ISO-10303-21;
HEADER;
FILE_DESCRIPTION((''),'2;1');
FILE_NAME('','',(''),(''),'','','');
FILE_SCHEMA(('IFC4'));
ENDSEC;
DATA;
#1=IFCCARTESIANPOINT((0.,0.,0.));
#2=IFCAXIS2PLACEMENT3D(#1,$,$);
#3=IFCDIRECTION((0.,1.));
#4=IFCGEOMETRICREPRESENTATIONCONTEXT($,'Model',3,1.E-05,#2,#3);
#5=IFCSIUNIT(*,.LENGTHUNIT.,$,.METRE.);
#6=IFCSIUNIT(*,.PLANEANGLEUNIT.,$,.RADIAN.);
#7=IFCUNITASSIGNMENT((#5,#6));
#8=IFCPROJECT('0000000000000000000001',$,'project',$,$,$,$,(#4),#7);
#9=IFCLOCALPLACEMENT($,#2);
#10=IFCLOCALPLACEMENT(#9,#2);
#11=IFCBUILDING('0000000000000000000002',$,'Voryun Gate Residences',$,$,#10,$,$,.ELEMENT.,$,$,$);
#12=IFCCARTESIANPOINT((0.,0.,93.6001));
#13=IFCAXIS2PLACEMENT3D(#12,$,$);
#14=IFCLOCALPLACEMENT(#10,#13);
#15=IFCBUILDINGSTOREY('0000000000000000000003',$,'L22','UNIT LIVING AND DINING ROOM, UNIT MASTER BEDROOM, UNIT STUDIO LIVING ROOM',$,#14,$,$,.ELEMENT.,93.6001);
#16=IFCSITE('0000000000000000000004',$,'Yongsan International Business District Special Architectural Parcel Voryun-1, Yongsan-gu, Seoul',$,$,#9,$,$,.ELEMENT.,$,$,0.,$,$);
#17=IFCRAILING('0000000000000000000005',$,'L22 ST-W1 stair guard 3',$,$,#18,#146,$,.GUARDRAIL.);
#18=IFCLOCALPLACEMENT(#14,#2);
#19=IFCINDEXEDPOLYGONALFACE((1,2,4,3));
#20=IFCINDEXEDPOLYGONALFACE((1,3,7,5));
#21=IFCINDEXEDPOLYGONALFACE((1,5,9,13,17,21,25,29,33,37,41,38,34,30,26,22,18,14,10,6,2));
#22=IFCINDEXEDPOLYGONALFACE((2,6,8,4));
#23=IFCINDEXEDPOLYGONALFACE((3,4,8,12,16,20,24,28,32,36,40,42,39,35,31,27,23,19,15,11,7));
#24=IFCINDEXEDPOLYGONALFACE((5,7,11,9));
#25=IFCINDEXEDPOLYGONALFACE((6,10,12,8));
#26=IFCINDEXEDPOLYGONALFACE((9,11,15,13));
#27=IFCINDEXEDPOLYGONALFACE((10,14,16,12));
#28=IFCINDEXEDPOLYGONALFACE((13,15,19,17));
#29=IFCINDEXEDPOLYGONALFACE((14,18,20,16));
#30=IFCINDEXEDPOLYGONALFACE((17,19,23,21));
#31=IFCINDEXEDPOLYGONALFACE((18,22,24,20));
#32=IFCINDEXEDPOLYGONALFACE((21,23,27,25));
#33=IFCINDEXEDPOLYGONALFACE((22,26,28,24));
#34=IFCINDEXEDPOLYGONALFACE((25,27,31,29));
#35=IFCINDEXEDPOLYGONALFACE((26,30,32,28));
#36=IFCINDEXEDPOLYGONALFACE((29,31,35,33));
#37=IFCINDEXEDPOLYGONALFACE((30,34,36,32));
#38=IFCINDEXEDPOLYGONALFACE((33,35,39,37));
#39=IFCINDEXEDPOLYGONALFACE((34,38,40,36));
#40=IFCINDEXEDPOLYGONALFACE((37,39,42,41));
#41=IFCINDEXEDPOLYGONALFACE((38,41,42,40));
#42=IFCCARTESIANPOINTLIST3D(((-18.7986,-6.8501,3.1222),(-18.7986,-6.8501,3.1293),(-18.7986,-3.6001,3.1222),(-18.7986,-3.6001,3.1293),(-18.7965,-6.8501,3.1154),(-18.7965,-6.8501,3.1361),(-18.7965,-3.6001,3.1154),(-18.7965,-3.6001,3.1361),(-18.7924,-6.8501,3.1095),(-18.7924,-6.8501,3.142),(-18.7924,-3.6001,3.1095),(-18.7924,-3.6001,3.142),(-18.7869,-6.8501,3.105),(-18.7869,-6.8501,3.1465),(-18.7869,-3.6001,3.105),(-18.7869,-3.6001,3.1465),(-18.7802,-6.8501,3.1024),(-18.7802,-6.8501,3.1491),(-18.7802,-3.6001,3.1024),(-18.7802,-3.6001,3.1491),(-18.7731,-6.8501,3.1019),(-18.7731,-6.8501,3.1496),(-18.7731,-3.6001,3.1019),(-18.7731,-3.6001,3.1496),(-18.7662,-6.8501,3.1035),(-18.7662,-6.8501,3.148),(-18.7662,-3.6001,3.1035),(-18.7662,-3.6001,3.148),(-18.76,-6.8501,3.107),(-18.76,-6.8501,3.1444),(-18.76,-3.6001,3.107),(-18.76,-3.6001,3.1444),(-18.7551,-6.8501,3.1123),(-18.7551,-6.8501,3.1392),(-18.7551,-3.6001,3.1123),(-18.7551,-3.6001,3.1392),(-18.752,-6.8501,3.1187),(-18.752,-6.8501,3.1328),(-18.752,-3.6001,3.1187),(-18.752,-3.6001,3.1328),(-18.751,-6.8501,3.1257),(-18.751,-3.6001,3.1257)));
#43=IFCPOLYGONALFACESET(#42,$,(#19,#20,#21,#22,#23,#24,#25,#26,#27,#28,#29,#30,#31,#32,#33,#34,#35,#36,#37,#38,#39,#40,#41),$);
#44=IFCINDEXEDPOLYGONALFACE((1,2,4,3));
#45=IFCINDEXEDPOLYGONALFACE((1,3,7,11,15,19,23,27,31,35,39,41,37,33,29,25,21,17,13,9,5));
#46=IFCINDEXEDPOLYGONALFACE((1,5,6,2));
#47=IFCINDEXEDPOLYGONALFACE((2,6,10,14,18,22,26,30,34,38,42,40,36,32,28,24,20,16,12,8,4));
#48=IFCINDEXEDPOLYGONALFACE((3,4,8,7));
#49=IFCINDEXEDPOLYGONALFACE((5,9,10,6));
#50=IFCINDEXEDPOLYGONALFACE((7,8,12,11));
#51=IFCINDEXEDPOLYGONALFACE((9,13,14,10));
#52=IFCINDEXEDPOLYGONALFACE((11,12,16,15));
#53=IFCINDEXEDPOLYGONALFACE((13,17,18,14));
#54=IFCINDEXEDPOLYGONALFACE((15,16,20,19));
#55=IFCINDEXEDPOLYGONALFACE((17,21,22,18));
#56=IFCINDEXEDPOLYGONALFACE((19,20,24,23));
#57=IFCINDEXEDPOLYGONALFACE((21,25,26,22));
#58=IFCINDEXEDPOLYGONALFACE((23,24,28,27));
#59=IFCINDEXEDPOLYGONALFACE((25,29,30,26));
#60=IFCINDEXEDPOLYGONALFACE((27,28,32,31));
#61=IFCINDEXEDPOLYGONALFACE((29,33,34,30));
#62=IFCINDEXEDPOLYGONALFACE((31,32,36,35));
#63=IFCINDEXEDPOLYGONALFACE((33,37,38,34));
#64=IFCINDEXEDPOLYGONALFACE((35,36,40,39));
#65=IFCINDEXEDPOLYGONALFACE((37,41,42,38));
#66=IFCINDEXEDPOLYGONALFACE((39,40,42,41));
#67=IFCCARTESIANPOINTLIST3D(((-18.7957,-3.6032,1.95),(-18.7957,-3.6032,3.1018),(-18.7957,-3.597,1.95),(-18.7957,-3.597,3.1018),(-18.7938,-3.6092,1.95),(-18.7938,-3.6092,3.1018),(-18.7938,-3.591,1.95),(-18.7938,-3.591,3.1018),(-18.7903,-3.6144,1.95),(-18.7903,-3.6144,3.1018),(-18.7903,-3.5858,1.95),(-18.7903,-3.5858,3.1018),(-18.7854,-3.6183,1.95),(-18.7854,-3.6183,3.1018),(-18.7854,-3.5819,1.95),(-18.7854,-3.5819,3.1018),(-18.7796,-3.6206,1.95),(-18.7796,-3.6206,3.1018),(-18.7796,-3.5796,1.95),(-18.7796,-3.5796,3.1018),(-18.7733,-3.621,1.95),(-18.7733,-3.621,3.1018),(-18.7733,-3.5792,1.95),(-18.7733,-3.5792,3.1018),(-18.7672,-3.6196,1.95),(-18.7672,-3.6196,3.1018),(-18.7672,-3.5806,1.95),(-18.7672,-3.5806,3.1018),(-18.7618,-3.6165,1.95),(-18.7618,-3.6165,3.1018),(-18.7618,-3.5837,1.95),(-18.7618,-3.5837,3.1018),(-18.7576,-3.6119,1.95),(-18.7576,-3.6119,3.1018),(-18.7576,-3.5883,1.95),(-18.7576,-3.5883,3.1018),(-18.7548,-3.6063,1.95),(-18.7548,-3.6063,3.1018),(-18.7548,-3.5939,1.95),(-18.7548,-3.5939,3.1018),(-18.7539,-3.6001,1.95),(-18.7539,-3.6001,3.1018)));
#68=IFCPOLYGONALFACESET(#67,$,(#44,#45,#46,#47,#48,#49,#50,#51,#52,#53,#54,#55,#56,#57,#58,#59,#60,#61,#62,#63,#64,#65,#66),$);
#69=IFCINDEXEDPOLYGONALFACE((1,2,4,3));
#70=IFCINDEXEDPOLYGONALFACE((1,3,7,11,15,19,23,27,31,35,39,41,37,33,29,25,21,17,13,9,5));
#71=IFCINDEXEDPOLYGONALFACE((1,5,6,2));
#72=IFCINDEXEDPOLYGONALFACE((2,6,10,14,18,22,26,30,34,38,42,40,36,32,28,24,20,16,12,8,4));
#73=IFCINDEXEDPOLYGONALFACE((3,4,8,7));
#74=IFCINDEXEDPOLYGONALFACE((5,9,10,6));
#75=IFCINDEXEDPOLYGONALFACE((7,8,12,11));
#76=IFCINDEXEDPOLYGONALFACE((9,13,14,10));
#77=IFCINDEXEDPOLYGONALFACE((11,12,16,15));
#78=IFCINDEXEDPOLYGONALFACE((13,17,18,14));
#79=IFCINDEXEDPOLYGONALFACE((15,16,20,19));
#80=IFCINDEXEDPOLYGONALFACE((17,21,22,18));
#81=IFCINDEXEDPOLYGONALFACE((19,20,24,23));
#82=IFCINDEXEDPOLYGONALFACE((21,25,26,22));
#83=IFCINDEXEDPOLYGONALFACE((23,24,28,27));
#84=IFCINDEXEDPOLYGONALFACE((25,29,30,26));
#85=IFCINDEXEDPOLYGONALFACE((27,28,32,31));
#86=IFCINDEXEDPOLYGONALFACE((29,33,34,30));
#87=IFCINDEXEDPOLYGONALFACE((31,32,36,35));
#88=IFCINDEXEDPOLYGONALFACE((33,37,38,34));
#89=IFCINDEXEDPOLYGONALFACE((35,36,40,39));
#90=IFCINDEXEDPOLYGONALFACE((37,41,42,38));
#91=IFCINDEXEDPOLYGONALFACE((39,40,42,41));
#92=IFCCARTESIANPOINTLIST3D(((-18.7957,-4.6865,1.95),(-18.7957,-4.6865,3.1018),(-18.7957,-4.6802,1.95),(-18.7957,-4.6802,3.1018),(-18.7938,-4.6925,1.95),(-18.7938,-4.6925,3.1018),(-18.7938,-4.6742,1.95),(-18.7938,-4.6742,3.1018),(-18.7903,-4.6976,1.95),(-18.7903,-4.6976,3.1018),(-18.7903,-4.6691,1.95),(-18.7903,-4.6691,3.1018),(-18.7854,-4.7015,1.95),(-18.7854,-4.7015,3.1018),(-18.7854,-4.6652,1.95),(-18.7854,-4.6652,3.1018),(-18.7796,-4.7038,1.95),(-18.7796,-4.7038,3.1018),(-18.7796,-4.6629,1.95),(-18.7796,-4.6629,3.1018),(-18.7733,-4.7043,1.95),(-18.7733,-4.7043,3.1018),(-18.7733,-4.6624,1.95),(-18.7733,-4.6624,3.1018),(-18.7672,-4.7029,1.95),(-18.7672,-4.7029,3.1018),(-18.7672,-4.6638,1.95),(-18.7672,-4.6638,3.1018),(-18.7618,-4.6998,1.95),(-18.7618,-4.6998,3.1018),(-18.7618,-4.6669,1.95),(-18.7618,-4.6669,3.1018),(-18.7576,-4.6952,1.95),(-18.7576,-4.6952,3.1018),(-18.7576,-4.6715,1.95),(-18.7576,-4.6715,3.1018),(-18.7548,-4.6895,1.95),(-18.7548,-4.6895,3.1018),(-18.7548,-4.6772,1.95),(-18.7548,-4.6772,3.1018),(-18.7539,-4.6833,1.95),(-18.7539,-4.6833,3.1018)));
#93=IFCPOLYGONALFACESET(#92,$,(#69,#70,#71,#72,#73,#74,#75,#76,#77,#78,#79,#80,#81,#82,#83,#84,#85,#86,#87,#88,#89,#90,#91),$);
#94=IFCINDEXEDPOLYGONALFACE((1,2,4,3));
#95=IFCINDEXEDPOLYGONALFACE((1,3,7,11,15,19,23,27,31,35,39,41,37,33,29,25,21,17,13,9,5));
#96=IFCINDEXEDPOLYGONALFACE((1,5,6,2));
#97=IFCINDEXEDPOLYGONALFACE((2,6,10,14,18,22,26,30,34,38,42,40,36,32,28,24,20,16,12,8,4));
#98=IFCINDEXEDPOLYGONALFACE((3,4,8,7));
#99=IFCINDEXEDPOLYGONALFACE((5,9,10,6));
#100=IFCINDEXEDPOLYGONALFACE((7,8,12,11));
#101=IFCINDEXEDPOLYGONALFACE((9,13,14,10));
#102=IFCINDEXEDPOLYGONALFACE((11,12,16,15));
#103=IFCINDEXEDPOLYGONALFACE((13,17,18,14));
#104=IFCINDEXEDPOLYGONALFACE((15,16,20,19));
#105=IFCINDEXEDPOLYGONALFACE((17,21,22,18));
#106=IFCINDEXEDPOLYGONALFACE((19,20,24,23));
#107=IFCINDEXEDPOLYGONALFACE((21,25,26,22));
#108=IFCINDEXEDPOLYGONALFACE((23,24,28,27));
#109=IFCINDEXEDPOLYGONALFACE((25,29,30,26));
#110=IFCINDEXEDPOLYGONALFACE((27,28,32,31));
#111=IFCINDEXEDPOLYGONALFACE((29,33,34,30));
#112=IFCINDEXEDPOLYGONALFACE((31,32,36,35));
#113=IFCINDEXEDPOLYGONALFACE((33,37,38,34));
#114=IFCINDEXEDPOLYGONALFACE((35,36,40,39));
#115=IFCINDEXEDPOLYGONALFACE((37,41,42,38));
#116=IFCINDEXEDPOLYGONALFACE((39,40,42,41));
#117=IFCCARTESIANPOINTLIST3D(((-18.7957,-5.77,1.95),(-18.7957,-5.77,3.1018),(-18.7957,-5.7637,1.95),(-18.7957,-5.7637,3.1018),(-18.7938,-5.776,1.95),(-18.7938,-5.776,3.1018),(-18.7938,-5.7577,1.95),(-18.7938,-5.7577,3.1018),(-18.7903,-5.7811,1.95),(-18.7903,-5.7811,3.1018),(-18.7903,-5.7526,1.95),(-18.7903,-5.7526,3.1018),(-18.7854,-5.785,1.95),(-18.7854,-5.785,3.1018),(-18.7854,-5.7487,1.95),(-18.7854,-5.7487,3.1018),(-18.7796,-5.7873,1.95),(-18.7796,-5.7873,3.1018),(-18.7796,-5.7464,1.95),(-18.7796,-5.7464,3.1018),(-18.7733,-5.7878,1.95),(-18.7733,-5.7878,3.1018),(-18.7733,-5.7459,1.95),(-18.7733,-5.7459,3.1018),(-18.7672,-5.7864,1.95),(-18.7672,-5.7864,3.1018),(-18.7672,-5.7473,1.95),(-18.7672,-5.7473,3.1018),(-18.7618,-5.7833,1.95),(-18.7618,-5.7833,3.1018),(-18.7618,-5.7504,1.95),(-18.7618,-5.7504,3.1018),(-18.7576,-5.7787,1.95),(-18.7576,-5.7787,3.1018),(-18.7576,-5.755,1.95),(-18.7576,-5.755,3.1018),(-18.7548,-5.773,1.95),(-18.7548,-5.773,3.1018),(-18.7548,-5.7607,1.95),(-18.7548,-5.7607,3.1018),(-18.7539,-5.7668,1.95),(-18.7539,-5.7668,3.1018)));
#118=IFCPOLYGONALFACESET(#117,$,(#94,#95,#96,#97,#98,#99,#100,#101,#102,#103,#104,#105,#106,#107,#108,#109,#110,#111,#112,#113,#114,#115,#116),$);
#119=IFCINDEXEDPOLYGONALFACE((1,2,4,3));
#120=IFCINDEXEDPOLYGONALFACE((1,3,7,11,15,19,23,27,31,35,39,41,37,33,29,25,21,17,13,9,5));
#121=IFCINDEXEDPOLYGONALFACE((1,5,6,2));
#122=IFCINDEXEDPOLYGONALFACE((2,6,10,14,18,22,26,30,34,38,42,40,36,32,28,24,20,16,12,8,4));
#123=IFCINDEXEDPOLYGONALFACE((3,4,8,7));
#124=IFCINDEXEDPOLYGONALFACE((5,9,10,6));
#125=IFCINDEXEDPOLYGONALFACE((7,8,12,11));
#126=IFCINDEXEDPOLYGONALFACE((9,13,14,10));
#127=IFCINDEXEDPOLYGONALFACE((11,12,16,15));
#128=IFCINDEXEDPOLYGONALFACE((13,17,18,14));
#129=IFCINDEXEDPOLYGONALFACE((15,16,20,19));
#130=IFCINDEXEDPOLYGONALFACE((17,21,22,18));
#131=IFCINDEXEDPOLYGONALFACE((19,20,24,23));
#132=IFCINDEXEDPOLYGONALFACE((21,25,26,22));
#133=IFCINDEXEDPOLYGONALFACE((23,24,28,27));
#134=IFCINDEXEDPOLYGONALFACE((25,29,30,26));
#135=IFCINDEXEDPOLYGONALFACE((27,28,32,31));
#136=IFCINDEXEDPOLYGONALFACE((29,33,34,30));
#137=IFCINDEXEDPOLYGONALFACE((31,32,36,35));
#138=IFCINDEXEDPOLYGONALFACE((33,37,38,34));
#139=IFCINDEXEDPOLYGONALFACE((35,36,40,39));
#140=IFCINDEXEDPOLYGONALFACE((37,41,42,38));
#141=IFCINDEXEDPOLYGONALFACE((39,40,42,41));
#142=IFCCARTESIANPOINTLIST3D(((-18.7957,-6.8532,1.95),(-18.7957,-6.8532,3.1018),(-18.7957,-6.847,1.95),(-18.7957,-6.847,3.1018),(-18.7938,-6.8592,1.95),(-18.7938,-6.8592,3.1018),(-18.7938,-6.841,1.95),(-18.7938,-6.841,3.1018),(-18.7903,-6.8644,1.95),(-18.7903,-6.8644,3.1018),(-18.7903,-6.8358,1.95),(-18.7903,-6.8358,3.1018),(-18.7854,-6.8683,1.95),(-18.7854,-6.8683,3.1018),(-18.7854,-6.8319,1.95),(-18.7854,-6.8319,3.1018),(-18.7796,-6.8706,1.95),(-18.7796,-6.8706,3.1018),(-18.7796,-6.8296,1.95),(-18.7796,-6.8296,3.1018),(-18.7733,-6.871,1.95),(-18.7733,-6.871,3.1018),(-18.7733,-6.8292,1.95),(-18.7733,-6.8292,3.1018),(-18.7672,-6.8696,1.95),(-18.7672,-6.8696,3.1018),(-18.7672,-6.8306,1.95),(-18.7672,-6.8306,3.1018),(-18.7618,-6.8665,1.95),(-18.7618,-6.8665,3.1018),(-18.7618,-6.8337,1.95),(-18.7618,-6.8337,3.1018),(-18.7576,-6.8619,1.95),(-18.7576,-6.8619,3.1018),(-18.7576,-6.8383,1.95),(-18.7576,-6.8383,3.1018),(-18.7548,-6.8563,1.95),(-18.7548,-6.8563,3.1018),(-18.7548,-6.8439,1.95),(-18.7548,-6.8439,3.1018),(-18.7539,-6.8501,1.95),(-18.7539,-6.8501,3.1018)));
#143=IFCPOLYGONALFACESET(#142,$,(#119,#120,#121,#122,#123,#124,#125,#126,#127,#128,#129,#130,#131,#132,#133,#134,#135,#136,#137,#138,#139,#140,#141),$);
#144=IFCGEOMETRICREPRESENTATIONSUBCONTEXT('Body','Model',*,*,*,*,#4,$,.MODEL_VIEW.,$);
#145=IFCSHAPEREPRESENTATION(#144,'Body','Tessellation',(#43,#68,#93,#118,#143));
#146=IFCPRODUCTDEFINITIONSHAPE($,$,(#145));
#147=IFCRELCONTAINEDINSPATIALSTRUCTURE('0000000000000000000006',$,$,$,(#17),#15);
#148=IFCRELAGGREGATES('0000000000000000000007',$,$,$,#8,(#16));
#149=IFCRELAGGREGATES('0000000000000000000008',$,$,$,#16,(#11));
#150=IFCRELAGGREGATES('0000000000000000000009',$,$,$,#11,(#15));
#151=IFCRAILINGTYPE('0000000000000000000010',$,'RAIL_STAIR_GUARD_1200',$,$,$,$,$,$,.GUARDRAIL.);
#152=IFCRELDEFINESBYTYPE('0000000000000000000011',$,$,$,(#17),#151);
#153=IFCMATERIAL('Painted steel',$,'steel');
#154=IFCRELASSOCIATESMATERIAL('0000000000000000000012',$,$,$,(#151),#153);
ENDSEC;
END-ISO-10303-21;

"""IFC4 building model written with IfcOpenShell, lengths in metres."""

from ifc_helpers import new_model, si_unit, direction, frame, origin, origin_2d, place, context, subcontext, project, spatial, circle, extrude, material, type_object, element, save


model = new_model("IFC4")

# Units and contexts
model_context = context("Model", 3, precision=1e-05, world=origin(), true_north=direction((0.0, 1.0)))
body_context = subcontext(model_context, "Body", "Model", "MODEL_VIEW")
ifc_project = project(units=[si_unit("LENGTHUNIT", "METRE"), si_unit("PLANEANGLEUNIT", "RADIAN")], contexts=[model_context])

# Site, building, storey
site_placement = place(None, origin())
site = spatial("IfcSite", under=ifc_project, at=site_placement, Name="Yongsan International Business District Special Architectural Parcel Voryun-1, Yongsan-gu, Seoul", CompositionType="ELEMENT", RefElevation=0.0)
building_placement = place(site_placement, origin())
building = spatial("IfcBuilding", under=site, at=building_placement, Name="Voryun Gate Residences", CompositionType="ELEMENT")
storey_placement = place(building_placement, frame((0.0, 0.0, 93.6001)))
storey = spatial("IfcBuildingStorey", under=building, at=storey_placement, Name="L22", Description="UNIT LIVING AND DINING ROOM, UNIT MASTER BEDROOM, UNIT STUDIO LIVING ROOM", CompositionType="ELEMENT", Elevation=93.6001)

# Railing
ifc_material_1 = material(Name="Painted steel", Category="steel")
railing_type_1 = type_object("IfcRailingType", Name="RAIL_STAIR_GUARD_1200", PredefinedType="GUARDRAIL", material=ifc_material_1)
for number, where, name in (
    (1, (-18.7749, -3.6001, 1.95), "L22 ST-W1 stair guard 3"),
):
    element("IfcRailing", number, at=place(storey_placement, frame(where)), inside=storey, type_object=railing_type_1, Name=name, PredefinedType="GUARDRAIL", context=body_context, shape_type="SweptSolid", body=[
        extrude(circle(Radius=0.0239, at=origin_2d()), frame((0.0, 0.0, 1.1758), z_axis=(0.0, -1.0, 0.0), x_axis=(1.0, 0.0, 0.0)), (0.0, 0.0, 1.0), 3.25),
        extrude(circle(Radius=0.021, at=origin_2d()), origin(), (0.0, 0.0, 1.0), 1.1519),
        extrude(circle(Radius=0.021, at=origin_2d()), frame((0.0, -1.0833, 0.0)), (0.0, 0.0, 1.0), 1.1519),
        extrude(circle(Radius=0.021, at=origin_2d()), frame((0.0, -2.1667, 0.0)), (0.0, 0.0, 1.0), 1.1519),
        extrude(circle(Radius=0.021, at=origin_2d()), frame((0.0, -3.25, 0.0)), (0.0, 0.0, 1.0), 1.1519),
    ])

save(model, "model.ifc")
